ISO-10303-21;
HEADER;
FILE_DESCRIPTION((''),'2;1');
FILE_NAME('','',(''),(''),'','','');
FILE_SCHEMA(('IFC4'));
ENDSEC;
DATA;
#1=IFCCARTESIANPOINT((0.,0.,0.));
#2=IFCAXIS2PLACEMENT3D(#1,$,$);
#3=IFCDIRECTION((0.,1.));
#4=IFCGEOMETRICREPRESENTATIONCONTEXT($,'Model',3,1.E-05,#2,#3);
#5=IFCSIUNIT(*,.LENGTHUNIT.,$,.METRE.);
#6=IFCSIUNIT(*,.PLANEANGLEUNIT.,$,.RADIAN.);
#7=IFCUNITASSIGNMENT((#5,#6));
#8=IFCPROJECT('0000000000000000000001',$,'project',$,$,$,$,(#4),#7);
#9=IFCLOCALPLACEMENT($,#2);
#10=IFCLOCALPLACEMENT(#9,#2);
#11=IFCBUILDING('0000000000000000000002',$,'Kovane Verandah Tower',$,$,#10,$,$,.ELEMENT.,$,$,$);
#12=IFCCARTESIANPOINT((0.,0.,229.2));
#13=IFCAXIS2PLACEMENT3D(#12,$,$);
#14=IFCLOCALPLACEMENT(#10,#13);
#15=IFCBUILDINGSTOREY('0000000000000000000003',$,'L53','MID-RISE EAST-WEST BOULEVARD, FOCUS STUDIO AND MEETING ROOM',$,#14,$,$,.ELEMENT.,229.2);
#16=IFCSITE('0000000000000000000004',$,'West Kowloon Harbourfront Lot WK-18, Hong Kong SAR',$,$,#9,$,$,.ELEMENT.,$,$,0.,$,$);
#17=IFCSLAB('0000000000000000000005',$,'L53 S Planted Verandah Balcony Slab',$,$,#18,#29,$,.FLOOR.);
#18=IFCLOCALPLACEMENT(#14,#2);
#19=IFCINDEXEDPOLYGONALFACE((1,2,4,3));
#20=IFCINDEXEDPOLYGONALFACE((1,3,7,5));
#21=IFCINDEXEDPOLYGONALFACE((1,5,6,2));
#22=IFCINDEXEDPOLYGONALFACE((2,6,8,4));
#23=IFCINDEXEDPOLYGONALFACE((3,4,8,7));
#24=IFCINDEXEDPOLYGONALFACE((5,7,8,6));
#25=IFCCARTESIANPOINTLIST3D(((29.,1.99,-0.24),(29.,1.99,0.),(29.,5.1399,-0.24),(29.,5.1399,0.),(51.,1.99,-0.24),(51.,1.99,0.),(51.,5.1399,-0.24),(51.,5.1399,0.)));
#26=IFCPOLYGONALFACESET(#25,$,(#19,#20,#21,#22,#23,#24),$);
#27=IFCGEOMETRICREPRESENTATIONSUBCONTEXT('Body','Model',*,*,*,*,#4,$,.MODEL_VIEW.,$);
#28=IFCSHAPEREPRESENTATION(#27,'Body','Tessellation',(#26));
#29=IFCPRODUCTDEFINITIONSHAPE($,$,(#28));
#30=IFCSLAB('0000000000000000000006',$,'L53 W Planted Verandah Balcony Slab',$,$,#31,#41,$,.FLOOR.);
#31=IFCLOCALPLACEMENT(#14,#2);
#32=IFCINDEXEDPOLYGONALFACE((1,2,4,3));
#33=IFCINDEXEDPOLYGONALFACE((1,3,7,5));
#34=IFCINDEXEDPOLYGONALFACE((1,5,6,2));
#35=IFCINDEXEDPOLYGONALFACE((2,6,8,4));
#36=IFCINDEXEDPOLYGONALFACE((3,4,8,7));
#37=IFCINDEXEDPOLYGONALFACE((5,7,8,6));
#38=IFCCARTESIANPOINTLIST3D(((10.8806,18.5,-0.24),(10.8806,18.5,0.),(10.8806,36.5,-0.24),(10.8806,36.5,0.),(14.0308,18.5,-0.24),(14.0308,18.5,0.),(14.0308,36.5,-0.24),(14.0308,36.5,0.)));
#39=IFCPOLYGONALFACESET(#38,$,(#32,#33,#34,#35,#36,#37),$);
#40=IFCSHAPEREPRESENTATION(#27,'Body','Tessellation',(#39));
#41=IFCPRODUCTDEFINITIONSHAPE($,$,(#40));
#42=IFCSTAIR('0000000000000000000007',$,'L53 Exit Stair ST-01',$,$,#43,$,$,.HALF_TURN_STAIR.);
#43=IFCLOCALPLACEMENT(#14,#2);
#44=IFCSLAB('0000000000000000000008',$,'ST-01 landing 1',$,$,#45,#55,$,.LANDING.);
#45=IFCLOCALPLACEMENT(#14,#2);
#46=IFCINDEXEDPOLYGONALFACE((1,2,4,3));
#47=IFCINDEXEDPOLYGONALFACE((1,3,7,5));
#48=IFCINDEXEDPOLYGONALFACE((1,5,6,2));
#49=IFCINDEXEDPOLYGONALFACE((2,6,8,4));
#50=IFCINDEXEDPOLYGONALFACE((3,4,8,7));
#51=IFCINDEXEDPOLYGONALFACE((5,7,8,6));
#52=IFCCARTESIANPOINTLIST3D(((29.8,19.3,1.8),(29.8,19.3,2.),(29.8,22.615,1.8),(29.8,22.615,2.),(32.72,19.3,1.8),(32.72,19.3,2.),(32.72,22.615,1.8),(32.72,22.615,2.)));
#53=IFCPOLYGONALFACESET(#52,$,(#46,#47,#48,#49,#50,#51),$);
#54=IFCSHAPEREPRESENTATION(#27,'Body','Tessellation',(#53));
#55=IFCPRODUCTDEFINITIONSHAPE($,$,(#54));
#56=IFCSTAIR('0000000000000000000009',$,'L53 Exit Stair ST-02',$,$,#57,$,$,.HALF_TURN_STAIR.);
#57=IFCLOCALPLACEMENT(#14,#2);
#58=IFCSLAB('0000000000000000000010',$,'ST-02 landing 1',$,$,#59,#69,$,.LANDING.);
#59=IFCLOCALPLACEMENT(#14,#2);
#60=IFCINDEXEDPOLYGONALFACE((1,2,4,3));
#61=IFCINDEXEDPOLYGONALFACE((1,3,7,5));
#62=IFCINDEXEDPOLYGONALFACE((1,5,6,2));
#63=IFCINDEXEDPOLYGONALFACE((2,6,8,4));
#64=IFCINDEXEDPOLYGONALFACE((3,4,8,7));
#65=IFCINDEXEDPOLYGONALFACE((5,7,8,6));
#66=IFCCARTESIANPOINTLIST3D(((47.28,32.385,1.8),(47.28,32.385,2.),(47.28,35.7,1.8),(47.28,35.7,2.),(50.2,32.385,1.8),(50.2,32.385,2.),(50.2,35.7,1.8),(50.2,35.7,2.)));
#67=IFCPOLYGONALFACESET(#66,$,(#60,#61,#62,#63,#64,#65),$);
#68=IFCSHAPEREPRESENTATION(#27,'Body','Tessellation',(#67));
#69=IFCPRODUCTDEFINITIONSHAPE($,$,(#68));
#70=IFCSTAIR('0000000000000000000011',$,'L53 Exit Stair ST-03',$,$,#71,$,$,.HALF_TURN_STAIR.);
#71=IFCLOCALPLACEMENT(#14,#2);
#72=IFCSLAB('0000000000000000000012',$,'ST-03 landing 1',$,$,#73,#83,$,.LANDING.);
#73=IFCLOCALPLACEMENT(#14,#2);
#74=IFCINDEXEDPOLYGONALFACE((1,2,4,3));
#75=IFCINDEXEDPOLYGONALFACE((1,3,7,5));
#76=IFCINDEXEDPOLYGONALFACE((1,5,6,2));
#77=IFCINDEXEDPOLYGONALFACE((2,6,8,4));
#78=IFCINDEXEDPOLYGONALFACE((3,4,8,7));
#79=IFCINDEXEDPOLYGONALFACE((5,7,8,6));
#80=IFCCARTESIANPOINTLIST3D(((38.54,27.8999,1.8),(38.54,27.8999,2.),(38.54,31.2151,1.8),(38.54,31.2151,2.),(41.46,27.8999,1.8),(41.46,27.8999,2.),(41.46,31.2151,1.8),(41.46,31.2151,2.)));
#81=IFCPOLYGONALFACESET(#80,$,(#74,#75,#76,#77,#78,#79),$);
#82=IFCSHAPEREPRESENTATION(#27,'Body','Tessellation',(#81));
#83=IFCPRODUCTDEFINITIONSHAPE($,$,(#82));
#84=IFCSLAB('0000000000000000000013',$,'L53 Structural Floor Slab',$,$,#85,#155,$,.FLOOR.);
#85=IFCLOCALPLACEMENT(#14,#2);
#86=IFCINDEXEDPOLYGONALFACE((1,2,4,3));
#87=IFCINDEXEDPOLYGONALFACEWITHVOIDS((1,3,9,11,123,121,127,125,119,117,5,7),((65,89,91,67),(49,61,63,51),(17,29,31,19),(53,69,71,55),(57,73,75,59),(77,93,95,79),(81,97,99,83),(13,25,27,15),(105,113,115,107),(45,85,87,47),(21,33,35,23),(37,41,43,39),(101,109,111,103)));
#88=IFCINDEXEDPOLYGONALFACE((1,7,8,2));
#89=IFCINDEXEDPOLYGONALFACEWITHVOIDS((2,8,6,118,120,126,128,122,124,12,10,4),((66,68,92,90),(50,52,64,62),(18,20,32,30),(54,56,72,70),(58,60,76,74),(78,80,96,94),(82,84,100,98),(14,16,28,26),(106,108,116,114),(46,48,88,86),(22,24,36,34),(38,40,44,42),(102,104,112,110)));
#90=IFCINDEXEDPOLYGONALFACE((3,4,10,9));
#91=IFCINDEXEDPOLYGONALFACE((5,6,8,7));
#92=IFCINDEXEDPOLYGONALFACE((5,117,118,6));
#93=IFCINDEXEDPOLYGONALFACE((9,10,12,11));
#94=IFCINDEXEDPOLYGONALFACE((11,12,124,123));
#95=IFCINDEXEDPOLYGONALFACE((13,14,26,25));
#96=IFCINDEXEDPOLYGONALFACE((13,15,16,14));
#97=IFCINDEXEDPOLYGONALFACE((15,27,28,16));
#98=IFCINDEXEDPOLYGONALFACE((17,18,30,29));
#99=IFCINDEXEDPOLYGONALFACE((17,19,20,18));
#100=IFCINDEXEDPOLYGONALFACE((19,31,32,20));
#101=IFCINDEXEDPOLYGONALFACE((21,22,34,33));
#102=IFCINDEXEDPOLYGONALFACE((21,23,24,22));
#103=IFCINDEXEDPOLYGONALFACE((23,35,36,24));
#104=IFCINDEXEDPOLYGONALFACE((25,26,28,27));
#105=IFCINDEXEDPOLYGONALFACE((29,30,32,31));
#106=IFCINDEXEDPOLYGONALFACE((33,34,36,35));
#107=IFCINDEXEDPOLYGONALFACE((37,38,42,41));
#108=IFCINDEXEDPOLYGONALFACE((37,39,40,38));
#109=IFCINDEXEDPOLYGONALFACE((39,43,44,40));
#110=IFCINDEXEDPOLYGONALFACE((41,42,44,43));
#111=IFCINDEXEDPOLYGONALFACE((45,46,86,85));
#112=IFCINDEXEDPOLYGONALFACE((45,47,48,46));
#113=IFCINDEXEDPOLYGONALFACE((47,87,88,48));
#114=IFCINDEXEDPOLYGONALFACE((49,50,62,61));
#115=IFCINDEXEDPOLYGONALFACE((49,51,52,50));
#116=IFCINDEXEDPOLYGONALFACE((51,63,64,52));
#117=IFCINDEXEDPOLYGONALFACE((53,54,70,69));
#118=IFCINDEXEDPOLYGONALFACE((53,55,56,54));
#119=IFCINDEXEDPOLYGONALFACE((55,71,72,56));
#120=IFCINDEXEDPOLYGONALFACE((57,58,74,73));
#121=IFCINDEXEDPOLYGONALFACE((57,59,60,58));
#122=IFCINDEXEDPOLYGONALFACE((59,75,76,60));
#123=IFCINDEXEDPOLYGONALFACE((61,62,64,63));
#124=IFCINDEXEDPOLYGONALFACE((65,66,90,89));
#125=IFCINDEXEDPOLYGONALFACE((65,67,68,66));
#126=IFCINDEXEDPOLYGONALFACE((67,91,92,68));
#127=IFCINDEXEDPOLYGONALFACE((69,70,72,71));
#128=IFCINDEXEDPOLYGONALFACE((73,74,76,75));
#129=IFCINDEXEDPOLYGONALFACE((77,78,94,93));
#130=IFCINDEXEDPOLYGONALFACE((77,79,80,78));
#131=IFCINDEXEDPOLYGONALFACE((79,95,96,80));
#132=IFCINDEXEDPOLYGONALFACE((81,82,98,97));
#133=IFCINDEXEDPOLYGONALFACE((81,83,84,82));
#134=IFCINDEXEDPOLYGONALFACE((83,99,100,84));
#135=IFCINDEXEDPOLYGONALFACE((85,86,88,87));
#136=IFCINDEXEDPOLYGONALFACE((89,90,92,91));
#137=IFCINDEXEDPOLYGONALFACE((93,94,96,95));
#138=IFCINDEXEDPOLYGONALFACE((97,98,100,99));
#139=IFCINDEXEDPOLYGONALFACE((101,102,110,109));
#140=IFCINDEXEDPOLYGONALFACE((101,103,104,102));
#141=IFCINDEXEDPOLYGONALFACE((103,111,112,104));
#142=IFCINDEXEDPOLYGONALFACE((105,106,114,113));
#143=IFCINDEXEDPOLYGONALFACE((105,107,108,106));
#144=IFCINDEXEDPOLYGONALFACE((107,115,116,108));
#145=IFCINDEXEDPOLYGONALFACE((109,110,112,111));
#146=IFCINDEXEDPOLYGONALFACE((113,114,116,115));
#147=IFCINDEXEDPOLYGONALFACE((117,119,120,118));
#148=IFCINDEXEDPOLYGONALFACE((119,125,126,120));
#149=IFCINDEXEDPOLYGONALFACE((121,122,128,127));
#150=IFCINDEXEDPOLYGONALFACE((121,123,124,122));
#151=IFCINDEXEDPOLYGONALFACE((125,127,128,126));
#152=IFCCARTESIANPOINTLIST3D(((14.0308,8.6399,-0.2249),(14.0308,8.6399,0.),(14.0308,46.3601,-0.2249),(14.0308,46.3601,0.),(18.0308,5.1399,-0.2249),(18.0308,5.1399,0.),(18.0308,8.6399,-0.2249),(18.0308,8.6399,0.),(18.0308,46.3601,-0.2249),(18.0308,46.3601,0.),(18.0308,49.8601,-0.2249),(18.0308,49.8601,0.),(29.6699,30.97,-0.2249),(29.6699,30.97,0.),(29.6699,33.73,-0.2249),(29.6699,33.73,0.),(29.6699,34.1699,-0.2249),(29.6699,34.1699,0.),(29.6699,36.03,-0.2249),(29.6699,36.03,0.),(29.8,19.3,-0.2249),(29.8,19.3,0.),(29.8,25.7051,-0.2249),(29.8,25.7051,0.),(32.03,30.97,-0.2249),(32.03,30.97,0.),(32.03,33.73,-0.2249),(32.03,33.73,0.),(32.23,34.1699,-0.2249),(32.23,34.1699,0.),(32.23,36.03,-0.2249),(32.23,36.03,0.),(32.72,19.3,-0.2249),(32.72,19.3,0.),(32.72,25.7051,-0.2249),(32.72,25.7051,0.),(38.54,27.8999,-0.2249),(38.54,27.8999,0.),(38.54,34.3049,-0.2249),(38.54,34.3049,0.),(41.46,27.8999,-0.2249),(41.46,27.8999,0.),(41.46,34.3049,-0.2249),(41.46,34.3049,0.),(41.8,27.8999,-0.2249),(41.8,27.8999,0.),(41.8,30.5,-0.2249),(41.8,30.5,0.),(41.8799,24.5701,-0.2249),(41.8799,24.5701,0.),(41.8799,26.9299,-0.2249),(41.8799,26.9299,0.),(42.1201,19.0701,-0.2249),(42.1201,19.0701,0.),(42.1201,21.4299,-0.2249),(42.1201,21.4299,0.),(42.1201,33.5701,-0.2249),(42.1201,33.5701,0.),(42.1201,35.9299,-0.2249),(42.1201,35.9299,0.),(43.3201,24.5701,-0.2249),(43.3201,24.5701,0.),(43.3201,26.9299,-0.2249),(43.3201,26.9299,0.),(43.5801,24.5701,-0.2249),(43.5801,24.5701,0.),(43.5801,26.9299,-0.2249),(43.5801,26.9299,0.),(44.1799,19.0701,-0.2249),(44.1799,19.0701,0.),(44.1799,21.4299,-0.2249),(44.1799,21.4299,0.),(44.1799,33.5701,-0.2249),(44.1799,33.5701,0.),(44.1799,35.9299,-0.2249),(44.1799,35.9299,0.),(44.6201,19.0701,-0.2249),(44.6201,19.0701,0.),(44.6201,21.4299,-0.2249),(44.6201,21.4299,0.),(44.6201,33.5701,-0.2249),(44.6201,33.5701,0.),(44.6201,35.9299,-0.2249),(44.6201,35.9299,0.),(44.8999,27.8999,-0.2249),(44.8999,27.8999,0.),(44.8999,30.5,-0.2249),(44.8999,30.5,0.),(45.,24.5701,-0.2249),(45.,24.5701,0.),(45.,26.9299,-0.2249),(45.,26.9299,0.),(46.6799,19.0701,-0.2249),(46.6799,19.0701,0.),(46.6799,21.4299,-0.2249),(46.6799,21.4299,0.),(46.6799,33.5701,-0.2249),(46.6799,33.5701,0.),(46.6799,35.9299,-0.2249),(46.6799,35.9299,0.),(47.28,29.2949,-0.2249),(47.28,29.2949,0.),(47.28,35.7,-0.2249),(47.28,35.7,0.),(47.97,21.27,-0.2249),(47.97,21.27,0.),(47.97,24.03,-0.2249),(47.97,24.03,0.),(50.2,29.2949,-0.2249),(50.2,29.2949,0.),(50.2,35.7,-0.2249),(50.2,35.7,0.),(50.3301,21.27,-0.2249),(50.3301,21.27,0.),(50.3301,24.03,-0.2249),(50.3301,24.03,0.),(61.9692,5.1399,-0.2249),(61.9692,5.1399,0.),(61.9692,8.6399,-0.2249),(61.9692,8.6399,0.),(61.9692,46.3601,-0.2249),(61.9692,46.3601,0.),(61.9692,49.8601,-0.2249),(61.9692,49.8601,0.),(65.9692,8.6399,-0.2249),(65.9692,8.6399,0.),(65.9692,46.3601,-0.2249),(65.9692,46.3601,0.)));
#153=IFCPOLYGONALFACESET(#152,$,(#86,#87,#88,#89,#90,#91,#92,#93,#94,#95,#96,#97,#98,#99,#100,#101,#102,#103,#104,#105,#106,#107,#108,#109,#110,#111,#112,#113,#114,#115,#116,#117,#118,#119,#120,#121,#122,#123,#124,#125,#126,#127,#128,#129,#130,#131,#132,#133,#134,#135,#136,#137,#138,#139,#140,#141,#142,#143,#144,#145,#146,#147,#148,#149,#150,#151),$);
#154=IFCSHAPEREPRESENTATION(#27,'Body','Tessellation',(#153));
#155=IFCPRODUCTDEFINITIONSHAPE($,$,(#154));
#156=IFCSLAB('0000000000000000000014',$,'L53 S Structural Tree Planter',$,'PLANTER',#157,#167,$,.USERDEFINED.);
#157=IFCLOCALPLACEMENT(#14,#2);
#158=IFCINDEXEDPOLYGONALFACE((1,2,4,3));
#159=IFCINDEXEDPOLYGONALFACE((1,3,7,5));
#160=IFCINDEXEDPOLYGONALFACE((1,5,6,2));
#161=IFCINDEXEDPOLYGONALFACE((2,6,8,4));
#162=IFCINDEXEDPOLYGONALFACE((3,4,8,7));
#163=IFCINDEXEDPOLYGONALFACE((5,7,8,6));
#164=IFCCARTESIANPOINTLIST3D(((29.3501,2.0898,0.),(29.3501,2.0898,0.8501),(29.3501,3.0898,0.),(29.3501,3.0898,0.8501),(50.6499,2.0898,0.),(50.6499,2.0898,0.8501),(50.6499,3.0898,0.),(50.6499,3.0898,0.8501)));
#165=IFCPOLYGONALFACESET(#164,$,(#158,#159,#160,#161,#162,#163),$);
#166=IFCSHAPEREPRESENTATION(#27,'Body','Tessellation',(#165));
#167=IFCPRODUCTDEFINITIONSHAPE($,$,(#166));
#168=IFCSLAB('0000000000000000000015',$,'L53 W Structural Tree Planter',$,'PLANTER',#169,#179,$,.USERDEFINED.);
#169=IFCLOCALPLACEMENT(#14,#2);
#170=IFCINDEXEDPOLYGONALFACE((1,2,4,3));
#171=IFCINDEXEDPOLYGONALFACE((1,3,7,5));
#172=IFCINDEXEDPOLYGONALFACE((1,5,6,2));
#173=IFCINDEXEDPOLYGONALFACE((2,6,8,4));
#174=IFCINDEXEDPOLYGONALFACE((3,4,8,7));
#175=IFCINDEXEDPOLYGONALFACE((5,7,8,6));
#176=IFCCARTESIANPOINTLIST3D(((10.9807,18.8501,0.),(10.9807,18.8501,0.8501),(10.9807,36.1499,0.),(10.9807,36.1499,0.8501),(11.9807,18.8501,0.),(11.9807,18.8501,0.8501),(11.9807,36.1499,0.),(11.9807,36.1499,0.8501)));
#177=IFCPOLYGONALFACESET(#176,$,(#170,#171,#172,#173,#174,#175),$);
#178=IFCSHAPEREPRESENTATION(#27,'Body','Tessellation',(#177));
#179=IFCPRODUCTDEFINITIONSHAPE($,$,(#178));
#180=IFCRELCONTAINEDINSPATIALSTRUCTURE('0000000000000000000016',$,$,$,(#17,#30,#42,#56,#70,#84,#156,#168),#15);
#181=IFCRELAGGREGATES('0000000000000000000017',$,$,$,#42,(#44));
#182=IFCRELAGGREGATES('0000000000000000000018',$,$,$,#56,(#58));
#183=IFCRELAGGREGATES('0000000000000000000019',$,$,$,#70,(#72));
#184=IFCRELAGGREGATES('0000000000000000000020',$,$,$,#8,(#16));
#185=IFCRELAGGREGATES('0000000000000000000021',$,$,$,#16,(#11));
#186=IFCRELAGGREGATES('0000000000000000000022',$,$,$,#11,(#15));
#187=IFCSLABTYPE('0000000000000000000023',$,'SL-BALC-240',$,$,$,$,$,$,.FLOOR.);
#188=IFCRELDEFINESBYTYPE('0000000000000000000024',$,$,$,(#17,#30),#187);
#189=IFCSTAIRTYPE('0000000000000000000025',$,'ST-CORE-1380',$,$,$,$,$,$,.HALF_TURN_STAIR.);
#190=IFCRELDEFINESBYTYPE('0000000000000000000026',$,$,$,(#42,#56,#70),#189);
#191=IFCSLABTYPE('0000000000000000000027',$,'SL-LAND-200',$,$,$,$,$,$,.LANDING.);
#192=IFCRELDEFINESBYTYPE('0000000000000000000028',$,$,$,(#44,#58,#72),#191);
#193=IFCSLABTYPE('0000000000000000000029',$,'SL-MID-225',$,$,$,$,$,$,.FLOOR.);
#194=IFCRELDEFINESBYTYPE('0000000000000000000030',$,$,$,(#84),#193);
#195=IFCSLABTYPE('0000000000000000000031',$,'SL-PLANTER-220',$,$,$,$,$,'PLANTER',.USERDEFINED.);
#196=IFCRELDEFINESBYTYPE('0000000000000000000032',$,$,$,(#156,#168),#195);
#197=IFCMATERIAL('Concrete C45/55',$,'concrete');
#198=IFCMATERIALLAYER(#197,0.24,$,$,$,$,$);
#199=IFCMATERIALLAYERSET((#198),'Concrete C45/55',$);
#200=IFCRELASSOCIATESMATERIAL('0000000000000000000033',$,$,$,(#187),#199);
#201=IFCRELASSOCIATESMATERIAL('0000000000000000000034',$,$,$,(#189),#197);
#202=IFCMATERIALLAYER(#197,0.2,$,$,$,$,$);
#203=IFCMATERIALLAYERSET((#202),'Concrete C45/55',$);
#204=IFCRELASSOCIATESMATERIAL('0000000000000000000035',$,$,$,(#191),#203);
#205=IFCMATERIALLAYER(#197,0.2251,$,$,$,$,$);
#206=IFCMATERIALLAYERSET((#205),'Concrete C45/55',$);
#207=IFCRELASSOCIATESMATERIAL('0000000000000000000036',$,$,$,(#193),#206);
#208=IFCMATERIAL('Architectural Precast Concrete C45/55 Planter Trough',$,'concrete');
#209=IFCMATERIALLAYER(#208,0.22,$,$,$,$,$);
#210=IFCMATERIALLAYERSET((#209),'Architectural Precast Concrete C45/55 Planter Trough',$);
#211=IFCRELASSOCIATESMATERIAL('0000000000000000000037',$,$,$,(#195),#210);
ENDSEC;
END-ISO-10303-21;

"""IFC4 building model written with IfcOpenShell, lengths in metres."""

from ifc_helpers import new_model, si_unit, direction, frame, origin, place, context, subcontext, project, spatial, polyline, outline, extrude, material, layer, layer_set, type_object, element, aggregate, save


model = new_model("IFC4")

# Units and contexts
model_context = context("Model", 3, precision=1e-05, world=origin(), true_north=direction((0.0, 1.0)))
body_context = subcontext(model_context, "Body", "Model", "MODEL_VIEW")
ifc_project = project(units=[si_unit("LENGTHUNIT", "METRE"), si_unit("PLANEANGLEUNIT", "RADIAN")], contexts=[model_context])

# Site, building, storey
site_placement = place(None, origin())
site = spatial("IfcSite", under=ifc_project, at=site_placement, Name="West Kowloon Harbourfront Lot WK-18, Hong Kong SAR", CompositionType="ELEMENT", RefElevation=0.0)
building_placement = place(site_placement, origin())
building = spatial("IfcBuilding", under=site, at=building_placement, Name="Kovane Verandah Tower", CompositionType="ELEMENT")
storey_placement = place(building_placement, frame((0.0, 0.0, 229.2)))
storey = spatial("IfcBuildingStorey", under=building, at=storey_placement, Name="L53", Description="MID-RISE EAST-WEST BOULEVARD, FOCUS STUDIO AND MEETING ROOM", CompositionType="ELEMENT", Elevation=229.2)

# Slabs
ifc_material_1 = material(Name="Concrete C45/55", Category="concrete")
ifc_layer_1 = layer(ifc_material_1, 0.24)
ifc_layer_set_1 = layer_set([ifc_layer_1], Name="Concrete C45/55")
slab_type_1 = type_object("IfcSlabType", Name="SL-BALC-240", PredefinedType="FLOOR", material=ifc_layer_set_1)
slab_1_placement = place(storey_placement, frame((0.0, 0.0, -0.24)))
element("IfcSlab", 1, at=slab_1_placement, inside=storey, type_object=slab_type_1, Name="L53 S Planted Verandah Balcony Slab", PredefinedType="FLOOR", context=body_context, shape_type="SweptSolid", body=[
    extrude(outline(polyline([(29.0, 1.99), (51.0, 1.99), (51.0, 5.1399), (29.0, 5.1399), (29.0, 1.99)])), origin(), (0.0, 0.0, 1.0), 0.24),
])
slab_2_placement = place(storey_placement, frame((0.0, 0.0, -0.24)))
element("IfcSlab", 2, at=slab_2_placement, inside=storey, type_object=slab_type_1, Name="L53 W Planted Verandah Balcony Slab", PredefinedType="FLOOR", context=body_context, shape_type="SweptSolid", body=[
    extrude(outline(polyline([(10.8806, 18.5), (14.0308, 18.5), (14.0308, 36.5), (10.8806, 36.5), (10.8806, 18.5)])), origin(), (0.0, 0.0, 1.0), 0.24),
])

# Stairs, slabs
stair_type = type_object("IfcStairType", Name="ST-CORE-1380", PredefinedType="HALF_TURN_STAIR", material=ifc_material_1)
stair_1_placement = place(storey_placement, origin())
stair_1 = element("IfcStair", 3, at=stair_1_placement, inside=storey, type_object=stair_type, Name="L53 Exit Stair ST-01", PredefinedType="HALF_TURN_STAIR")
ifc_layer_2 = layer(ifc_material_1, 0.2)
ifc_layer_set_2 = layer_set([ifc_layer_2], Name="Concrete C45/55")
slab_type_2 = type_object("IfcSlabType", Name="SL-LAND-200", PredefinedType="LANDING", material=ifc_layer_set_2)
slab_3_placement = place(storey_placement, frame((0.0, 0.0, 1.8)))
slab_3 = element("IfcSlab", 4, at=slab_3_placement, type_object=slab_type_2, Name="ST-01 landing 1", PredefinedType="LANDING", context=body_context, shape_type="SweptSolid", body=[
    extrude(outline(polyline([(29.8, 22.615), (29.8, 19.3), (32.72, 19.3), (32.72, 22.615), (29.8, 22.615)])), origin(), (0.0, 0.0, 1.0), 0.2),
])
aggregate(stair_1, [slab_3])
stair_2_placement = place(storey_placement, origin())
stair_2 = element("IfcStair", 5, at=stair_2_placement, inside=storey, type_object=stair_type, Name="L53 Exit Stair ST-02", PredefinedType="HALF_TURN_STAIR")
slab_4_placement = place(storey_placement, frame((0.0, 0.0, 1.8)))
slab_4 = element("IfcSlab", 6, at=slab_4_placement, type_object=slab_type_2, Name="ST-02 landing 1", PredefinedType="LANDING", context=body_context, shape_type="SweptSolid", body=[
    extrude(outline(polyline([(50.2, 32.385), (50.2, 35.7), (47.28, 35.7), (47.28, 32.385), (50.2, 32.385)])), origin(), (0.0, 0.0, 1.0), 0.2),
])
aggregate(stair_2, [slab_4])
stair_3_placement = place(storey_placement, origin())
stair_3 = element("IfcStair", 7, at=stair_3_placement, inside=storey, type_object=stair_type, Name="L53 Exit Stair ST-03", PredefinedType="HALF_TURN_STAIR")
slab_5_placement = place(storey_placement, frame((0.0, 0.0, 1.8)))
slab_5 = element("IfcSlab", 8, at=slab_5_placement, type_object=slab_type_2, Name="ST-03 landing 1", PredefinedType="LANDING", context=body_context, shape_type="SweptSolid", body=[
    extrude(outline(polyline([(38.54, 31.2151), (38.54, 27.8999), (41.46, 27.8999), (41.46, 31.2151), (38.54, 31.2151)])), origin(), (0.0, 0.0, 1.0), 0.2),
])
aggregate(stair_3, [slab_5])

# Slabs
ifc_layer_3 = layer(ifc_material_1, 0.2251)
ifc_layer_set_3 = layer_set([ifc_layer_3], Name="Concrete C45/55")
slab_type_3 = type_object("IfcSlabType", Name="SL-MID-225", PredefinedType="FLOOR", material=ifc_layer_set_3)
slab_6_placement = place(storey_placement, frame((0.0, 0.0, -0.2249)))
element("IfcSlab", 9, at=slab_6_placement, inside=storey, type_object=slab_type_3, Name="L53 Structural Floor Slab", PredefinedType="FLOOR", context=body_context, shape_type="SweptSolid", body=[
    extrude(outline(polyline([(18.0308, 5.1399), (61.9692, 5.1399), (61.9692, 8.6399), (65.9692, 8.6399), (65.9692, 46.3601), (61.9692, 46.3601), (61.9692, 49.8601), (18.0308, 49.8601), (18.0308, 46.3601), (14.0308, 46.3601), (14.0308, 8.6399), (18.0308, 8.6399), (18.0308, 5.1399)]), holes=[polyline([(29.8, 19.3), (32.72, 19.3), (32.72, 25.7051), (29.8, 25.7051), (29.8, 19.3)]), polyline([(47.28, 29.2949), (50.2, 29.2949), (50.2, 35.7), (47.28, 35.7), (47.28, 29.2949)]), polyline([(38.54, 27.8999), (41.46, 27.8999), (41.46, 34.3049), (38.54, 34.3049), (38.54, 27.8999)]), polyline([(29.6699, 30.97), (32.03, 30.97), (32.03, 33.73), (29.6699, 33.73), (29.6699, 30.97)]), polyline([(47.97, 21.27), (50.3301, 21.27), (50.3301, 24.03), (47.97, 24.03), (47.97, 21.27)]), polyline([(29.6699, 34.1699), (32.23, 34.1699), (32.23, 36.03), (29.6699, 36.03), (29.6699, 34.1699)]), polyline([(42.1201, 19.0701), (44.1799, 19.0701), (44.1799, 21.4299), (42.1201, 21.4299), (42.1201, 19.0701)]), polyline([(44.6201, 19.0701), (46.6799, 19.0701), (46.6799, 21.4299), (44.6201, 21.4299), (44.6201, 19.0701)]), polyline([(41.8799, 24.5701), (43.3201, 24.5701), (43.3201, 26.9299), (41.8799, 26.9299), (41.8799, 24.5701)]), polyline([(43.5801, 24.5701), (45.0, 24.5701), (45.0, 26.9299), (43.5801, 26.9299), (43.5801, 24.5701)]), polyline([(42.1201, 33.5701), (44.1799, 33.5701), (44.1799, 35.9299), (42.1201, 35.9299), (42.1201, 33.5701)]), polyline([(44.6201, 33.5701), (46.6799, 33.5701), (46.6799, 35.9299), (44.6201, 35.9299), (44.6201, 33.5701)]), polyline([(41.8, 27.8999), (44.8999, 27.8999), (44.8999, 30.5), (41.8, 30.5), (41.8, 27.8999)])]), origin(), (0.0, 0.0, 1.0), 0.2249),
])
ifc_material_2 = material(Name="Architectural Precast Concrete C45/55 Planter Trough", Category="concrete")
ifc_layer_4 = layer(ifc_material_2, 0.22)
ifc_layer_set_4 = layer_set([ifc_layer_4], Name="Architectural Precast Concrete C45/55 Planter Trough")
slab_type_4 = type_object("IfcSlabType", Name="SL-PLANTER-220", ElementType="PLANTER", PredefinedType="USERDEFINED", material=ifc_layer_set_4)
slab_7_placement = place(storey_placement, origin())
element("IfcSlab", 10, at=slab_7_placement, inside=storey, type_object=slab_type_4, Name="L53 S Structural Tree Planter", ObjectType="PLANTER", PredefinedType="USERDEFINED", context=body_context, shape_type="SweptSolid", body=[
    extrude(outline(polyline([(29.3501, 2.0898), (50.6499, 2.0898), (50.6499, 3.0898), (29.3501, 3.0898), (29.3501, 2.0898)])), origin(), (0.0, 0.0, 1.0), 0.8501),
])
slab_8_placement = place(storey_placement, origin())
element("IfcSlab", 11, at=slab_8_placement, inside=storey, type_object=slab_type_4, Name="L53 W Structural Tree Planter", ObjectType="PLANTER", PredefinedType="USERDEFINED", context=body_context, shape_type="SweptSolid", body=[
    extrude(outline(polyline([(10.9807, 18.8501), (11.9807, 18.8501), (11.9807, 36.1499), (10.9807, 36.1499), (10.9807, 18.8501)])), origin(), (0.0, 0.0, 1.0), 0.8501),
])

save(model, "model.ifc")
